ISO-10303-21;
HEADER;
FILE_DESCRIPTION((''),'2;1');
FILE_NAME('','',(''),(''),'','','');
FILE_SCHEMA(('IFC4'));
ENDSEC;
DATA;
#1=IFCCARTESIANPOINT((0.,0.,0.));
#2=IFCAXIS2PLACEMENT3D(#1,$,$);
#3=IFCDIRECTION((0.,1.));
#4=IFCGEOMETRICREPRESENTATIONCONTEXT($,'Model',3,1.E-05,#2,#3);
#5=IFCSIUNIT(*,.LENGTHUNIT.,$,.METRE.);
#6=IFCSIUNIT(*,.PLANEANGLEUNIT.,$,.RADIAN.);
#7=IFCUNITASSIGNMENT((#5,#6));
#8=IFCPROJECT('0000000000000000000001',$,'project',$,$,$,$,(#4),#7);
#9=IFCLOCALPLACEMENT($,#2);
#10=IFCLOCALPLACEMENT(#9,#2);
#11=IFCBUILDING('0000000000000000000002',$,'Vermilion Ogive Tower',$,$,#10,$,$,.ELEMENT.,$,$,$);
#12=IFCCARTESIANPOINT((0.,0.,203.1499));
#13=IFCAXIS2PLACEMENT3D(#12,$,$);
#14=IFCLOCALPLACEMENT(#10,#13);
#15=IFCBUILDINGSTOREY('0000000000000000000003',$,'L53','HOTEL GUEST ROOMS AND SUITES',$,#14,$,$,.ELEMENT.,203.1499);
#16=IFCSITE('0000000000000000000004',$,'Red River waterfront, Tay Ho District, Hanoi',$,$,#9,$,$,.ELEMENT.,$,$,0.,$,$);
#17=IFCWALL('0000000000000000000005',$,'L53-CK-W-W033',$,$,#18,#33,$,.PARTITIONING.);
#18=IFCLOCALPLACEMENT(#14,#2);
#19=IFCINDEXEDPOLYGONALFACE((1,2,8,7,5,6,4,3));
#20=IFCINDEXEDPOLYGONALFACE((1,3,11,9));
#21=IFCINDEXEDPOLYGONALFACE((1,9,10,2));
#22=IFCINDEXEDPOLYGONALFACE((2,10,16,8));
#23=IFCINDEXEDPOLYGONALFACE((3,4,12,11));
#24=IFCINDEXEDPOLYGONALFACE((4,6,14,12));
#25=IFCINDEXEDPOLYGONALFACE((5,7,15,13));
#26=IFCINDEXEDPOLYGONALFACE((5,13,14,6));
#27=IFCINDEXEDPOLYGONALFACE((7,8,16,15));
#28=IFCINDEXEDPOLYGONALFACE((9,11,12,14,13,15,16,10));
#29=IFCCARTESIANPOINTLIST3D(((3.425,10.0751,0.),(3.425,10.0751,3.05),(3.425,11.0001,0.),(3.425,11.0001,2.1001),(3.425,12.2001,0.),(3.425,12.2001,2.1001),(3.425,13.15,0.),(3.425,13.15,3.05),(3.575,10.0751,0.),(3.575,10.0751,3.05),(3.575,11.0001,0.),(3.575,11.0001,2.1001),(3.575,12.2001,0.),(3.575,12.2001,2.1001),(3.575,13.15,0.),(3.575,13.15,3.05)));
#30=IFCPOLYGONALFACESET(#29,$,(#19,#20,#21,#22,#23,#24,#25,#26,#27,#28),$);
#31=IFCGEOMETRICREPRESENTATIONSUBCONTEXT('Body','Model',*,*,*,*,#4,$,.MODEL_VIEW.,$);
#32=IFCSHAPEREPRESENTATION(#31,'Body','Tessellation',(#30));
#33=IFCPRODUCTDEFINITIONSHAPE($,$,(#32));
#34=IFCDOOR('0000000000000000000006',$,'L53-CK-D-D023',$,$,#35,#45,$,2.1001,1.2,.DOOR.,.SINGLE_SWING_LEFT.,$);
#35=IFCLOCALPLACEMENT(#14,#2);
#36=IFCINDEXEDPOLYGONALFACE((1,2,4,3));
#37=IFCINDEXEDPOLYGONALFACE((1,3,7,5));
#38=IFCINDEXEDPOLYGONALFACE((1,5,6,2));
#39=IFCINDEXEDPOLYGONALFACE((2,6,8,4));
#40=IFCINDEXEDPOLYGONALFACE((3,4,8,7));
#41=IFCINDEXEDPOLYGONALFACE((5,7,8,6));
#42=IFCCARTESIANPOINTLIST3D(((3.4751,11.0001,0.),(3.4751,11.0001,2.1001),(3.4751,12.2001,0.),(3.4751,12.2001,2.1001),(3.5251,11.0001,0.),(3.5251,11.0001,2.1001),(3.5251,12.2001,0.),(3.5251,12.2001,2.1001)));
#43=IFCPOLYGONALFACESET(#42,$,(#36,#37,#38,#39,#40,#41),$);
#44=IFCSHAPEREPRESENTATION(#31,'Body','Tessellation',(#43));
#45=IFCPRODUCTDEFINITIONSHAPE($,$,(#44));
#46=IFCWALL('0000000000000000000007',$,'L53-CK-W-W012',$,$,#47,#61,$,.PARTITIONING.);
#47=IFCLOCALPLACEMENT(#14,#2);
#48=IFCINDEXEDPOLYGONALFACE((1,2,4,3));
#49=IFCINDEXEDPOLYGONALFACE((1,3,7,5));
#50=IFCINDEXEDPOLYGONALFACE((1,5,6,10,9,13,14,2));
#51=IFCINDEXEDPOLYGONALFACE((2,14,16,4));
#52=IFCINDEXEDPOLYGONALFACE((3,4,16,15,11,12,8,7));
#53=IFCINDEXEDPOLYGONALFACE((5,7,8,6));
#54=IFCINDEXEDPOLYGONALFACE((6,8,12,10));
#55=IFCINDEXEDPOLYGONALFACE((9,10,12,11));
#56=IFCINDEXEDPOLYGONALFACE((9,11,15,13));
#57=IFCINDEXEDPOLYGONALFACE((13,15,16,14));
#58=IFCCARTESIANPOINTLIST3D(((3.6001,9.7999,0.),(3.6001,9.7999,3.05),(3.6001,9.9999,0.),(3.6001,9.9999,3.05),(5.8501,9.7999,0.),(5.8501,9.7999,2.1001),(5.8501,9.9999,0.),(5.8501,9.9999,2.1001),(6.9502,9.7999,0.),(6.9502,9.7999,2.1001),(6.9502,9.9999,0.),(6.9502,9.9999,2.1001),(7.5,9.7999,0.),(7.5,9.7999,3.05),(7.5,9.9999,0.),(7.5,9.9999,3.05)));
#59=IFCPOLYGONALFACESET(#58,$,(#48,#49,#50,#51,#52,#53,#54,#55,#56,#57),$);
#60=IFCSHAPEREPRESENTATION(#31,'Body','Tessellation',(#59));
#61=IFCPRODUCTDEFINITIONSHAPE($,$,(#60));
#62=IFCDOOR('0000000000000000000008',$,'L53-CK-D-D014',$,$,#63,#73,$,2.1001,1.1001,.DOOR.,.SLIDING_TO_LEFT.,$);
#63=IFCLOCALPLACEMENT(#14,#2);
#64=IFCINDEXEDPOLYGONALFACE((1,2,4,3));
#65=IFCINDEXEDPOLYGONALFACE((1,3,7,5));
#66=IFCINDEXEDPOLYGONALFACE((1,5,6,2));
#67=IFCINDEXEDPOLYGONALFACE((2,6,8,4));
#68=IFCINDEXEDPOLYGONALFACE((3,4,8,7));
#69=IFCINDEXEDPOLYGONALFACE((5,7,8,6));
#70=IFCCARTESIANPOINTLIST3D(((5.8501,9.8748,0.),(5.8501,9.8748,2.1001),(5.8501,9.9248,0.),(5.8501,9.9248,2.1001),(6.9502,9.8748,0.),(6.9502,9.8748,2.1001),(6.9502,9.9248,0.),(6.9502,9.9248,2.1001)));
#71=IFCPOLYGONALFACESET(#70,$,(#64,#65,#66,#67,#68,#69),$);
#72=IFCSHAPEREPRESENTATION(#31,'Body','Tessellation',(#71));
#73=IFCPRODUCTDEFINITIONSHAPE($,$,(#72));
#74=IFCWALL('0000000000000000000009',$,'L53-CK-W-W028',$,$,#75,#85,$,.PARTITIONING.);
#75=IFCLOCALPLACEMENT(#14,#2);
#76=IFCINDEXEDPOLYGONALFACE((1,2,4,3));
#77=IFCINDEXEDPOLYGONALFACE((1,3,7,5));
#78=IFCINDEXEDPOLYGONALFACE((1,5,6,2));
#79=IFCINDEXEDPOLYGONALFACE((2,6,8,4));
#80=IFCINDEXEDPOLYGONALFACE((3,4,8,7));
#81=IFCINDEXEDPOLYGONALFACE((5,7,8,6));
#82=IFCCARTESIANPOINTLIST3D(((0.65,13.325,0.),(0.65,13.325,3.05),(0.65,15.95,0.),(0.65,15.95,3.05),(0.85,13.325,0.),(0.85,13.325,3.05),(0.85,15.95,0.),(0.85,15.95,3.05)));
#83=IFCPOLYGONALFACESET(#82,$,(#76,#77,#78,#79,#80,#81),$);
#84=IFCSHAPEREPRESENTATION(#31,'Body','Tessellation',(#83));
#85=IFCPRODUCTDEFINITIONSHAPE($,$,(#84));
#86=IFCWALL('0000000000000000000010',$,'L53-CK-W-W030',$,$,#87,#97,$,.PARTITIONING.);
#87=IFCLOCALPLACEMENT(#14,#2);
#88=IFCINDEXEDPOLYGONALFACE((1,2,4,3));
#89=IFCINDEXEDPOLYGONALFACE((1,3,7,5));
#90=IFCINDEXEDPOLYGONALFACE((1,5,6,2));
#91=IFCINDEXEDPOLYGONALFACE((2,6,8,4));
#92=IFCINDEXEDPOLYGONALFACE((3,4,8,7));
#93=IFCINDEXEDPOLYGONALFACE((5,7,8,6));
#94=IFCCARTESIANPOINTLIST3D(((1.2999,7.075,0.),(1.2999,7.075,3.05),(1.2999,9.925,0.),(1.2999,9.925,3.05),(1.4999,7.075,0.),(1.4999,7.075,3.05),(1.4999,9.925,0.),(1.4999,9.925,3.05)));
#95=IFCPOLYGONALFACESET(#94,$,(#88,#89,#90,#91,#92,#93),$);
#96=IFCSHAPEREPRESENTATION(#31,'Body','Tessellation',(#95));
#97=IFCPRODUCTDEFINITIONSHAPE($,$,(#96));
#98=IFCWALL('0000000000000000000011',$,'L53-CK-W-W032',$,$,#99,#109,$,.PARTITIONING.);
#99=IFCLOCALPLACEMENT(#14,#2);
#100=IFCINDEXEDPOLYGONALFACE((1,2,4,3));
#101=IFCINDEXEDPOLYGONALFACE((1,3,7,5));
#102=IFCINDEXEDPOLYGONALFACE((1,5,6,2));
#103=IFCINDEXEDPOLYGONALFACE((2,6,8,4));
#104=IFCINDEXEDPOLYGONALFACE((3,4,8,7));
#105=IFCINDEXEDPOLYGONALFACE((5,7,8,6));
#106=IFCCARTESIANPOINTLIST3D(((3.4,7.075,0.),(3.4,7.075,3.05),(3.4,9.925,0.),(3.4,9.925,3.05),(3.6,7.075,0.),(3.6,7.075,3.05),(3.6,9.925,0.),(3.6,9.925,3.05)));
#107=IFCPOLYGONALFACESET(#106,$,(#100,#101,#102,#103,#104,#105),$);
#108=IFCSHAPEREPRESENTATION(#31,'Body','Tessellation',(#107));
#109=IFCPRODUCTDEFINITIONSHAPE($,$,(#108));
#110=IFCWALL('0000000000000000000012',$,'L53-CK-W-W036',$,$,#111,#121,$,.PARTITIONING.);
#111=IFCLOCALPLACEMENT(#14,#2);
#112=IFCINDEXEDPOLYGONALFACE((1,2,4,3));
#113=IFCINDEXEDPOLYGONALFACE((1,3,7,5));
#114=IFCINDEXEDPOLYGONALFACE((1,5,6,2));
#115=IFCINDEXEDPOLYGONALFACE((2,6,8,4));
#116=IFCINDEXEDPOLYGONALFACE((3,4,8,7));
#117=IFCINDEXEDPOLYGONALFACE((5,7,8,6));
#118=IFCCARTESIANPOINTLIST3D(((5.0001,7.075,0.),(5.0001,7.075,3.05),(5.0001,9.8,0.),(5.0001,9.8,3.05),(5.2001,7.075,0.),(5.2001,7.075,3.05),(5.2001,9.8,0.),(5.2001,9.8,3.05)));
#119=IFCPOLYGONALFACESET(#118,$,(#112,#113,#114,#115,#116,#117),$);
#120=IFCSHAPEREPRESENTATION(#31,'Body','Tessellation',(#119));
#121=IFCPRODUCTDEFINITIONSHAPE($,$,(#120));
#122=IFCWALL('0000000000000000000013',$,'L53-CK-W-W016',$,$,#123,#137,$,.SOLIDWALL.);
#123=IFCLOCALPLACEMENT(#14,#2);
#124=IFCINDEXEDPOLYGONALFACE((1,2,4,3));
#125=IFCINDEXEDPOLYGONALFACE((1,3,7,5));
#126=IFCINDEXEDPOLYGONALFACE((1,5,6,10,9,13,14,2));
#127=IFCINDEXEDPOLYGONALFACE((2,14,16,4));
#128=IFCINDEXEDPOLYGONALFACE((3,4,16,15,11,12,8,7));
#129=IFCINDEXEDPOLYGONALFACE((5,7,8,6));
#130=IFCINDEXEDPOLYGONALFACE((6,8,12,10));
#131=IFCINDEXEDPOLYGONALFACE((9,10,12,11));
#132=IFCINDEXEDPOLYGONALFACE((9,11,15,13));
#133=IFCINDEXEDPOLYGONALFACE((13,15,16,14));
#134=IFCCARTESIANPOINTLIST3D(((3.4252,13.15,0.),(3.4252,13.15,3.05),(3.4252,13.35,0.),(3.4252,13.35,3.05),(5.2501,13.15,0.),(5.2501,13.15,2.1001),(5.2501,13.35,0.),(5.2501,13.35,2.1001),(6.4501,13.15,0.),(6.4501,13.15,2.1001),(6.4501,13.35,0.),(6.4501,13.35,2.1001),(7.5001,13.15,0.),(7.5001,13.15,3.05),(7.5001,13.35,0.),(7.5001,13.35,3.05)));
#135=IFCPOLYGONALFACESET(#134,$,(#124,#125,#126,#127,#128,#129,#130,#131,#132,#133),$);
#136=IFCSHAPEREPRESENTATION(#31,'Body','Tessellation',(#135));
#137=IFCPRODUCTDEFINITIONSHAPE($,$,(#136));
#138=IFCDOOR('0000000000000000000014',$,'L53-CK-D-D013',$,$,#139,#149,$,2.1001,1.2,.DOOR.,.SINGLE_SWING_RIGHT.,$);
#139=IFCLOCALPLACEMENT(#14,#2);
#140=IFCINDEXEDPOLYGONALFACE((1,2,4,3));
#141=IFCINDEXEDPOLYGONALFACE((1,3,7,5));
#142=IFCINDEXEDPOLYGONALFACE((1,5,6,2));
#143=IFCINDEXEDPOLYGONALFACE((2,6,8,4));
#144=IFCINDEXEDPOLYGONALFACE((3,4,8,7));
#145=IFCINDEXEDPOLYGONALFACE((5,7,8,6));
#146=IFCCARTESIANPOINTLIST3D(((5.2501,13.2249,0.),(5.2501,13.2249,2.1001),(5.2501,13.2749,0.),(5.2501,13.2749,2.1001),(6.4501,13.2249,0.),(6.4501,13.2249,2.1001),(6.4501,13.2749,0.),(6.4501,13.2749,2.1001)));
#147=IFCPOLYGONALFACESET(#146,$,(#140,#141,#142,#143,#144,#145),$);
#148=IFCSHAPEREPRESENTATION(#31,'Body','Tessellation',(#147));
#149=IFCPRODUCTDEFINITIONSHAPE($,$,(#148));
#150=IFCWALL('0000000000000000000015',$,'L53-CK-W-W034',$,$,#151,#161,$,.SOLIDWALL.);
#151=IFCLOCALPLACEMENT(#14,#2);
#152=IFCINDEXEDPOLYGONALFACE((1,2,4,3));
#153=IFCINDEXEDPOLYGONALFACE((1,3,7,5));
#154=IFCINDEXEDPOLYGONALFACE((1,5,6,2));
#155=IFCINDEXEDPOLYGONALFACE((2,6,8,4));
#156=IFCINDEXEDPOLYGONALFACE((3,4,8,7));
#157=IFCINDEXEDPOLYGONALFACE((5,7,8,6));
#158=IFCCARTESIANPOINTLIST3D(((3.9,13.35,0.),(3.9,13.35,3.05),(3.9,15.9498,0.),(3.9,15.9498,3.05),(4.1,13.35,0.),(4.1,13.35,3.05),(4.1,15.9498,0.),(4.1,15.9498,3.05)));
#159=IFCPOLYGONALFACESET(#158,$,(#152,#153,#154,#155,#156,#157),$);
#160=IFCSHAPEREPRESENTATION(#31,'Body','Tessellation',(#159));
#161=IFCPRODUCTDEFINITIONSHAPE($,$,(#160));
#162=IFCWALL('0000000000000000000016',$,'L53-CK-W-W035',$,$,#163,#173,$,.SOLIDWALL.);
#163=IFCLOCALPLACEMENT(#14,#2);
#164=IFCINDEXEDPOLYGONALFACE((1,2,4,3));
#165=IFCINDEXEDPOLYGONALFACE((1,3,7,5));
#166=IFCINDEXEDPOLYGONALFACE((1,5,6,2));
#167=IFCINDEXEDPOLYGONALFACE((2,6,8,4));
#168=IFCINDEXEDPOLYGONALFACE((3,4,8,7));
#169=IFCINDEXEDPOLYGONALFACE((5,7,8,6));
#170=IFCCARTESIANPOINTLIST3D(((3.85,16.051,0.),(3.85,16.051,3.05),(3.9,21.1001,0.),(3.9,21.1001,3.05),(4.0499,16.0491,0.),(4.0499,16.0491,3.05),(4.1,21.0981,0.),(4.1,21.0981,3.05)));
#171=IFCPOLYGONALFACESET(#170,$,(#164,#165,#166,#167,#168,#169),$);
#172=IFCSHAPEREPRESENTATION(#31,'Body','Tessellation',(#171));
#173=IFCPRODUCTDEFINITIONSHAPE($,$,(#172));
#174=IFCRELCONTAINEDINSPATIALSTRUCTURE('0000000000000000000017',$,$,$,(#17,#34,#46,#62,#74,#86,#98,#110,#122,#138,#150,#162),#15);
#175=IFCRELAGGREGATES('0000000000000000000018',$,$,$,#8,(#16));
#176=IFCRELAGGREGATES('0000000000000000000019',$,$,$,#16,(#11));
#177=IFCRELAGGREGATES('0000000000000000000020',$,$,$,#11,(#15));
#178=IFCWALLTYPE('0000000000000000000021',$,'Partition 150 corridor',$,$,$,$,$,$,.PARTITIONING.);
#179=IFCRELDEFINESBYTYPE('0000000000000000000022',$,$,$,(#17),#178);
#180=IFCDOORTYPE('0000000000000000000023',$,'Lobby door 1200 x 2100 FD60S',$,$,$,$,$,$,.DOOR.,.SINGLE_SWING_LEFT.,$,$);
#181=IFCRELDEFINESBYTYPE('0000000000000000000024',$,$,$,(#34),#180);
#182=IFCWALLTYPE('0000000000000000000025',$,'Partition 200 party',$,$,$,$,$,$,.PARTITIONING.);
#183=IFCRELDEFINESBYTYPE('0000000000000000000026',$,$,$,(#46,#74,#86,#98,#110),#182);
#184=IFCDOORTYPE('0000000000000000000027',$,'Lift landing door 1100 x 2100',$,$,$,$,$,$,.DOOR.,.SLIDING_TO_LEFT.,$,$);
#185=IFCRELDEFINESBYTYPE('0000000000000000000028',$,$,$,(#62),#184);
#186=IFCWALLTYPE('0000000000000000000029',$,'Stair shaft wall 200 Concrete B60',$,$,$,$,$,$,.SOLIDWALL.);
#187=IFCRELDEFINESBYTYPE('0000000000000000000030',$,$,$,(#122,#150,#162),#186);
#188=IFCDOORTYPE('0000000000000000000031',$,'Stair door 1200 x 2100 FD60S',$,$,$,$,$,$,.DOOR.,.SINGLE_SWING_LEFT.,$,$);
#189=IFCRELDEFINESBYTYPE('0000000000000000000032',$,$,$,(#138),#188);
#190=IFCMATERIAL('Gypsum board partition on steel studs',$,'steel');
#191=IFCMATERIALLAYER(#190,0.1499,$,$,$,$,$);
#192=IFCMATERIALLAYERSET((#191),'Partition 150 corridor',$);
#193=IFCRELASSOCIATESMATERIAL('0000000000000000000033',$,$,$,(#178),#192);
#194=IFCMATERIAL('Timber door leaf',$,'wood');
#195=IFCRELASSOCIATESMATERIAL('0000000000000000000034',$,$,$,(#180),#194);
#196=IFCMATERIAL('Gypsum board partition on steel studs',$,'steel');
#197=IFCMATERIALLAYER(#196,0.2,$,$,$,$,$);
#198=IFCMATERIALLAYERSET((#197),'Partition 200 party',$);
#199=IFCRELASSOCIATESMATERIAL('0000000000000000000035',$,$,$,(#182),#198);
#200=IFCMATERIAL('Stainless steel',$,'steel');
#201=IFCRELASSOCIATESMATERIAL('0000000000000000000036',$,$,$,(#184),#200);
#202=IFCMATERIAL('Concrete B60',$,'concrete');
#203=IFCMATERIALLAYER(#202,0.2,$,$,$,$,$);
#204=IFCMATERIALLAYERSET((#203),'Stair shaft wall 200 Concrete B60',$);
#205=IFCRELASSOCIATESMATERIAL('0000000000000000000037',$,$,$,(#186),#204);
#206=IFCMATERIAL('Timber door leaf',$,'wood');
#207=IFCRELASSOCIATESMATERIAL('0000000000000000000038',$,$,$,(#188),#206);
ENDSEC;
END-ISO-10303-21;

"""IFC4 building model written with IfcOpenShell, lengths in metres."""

from ifc_helpers import new_model, si_unit, direction, frame, frame_2d, origin, place, context, subcontext, project, spatial, rectangle, extrude, material, layer, layer_set, type_object, element, fill, save


model = new_model("IFC4")

# Units and contexts
model_context = context("Model", 3, precision=1e-05, world=origin(), true_north=direction((0.0, 1.0)))
body_context = subcontext(model_context, "Body", "Model", "MODEL_VIEW")
ifc_project = project(units=[si_unit("LENGTHUNIT", "METRE"), si_unit("PLANEANGLEUNIT", "RADIAN")], contexts=[model_context])

# Site, building, storey
site_placement = place(None, origin())
site = spatial("IfcSite", under=ifc_project, at=site_placement, Name="Red River waterfront, Tay Ho District, Hanoi", CompositionType="ELEMENT", RefElevation=0.0)
building_placement = place(site_placement, origin())
building = spatial("IfcBuilding", under=site, at=building_placement, Name="Vermilion Ogive Tower", CompositionType="ELEMENT")
storey_placement = place(building_placement, frame((0.0, 0.0, 203.1499)))
storey = spatial("IfcBuildingStorey", under=building, at=storey_placement, Name="L53", Description="HOTEL GUEST ROOMS AND SUITES", CompositionType="ELEMENT", Elevation=203.1499)

# Shared definitions
ifc_material_1 = material(Name="Gypsum board partition on steel studs", Category="steel")
ifc_layer_1 = layer(ifc_material_1, 0.1499)
ifc_layer_set_1 = layer_set([ifc_layer_1], Name="Partition 150 corridor")
wall_type_1 = type_object("IfcWallType", Name="Partition 150 corridor", PredefinedType="PARTITIONING", material=ifc_layer_set_1)

# Walls, openings, doors
wall_1_placement = place(storey_placement, frame((3.5, 10.075, 0.0), z_axis=(0.0, 0.0, 1.0), x_axis=(0.0, 1.0, 0.0)))
wall_1 = element("IfcWall", 1, at=wall_1_placement, inside=storey, type_object=wall_type_1, Name="L53-CK-W-W033", PredefinedType="PARTITIONING", context=body_context, shape_type="SweptSolid", body=[
    extrude(rectangle(XDim=3.075, YDim=0.1499, at=frame_2d((1.5376, 0.0))), origin(), (0.0, 0.0, 1.0), 3.05),
])
opening_1_placement = place(wall_1_placement, frame((0.925, 0.0, 0.0)))
opening_1 = element("IfcOpeningElement", 2, at=opening_1_placement, cuts=wall_1, PredefinedType="OPENING", context=body_context, shape_type="SweptSolid", body=[
    extrude(rectangle(XDim=1.2, YDim=2.1001, at=frame_2d((0.6001, 1.05))), frame((0.0, 0.085, 0.0), z_axis=(0.0, -1.0, 0.0), x_axis=(1.0, 0.0, 0.0)), (0.0, 0.0, 1.0), 0.1699),
])
ifc_material_2 = material(Name="Timber door leaf", Category="wood")
door_type_1 = type_object("IfcDoorType", Name="Lobby door 1200 x 2100 FD60S", OperationType="SINGLE_SWING_LEFT", PredefinedType="DOOR", material=ifc_material_2)
door_1_placement = place(opening_1_placement, origin())
door_1 = element("IfcDoor", 3, at=door_1_placement, inside=storey, type_object=door_type_1, Name="L53-CK-D-D023", OperationType="SINGLE_SWING_LEFT", OverallHeight=2.1001, OverallWidth=1.2, PredefinedType="DOOR", context=body_context, shape_type="SweptSolid", body=[
    extrude(rectangle(XDim=1.2, YDim=2.1001, at=frame_2d((0.6001, 1.05))), frame((0.0, 0.0249, 0.0), z_axis=(0.0, -1.0, 0.0), x_axis=(1.0, 0.0, 0.0)), (0.0, 0.0, 1.0), 0.05),
])
fill(opening_1, door_1)
ifc_material_3 = material(Name="Gypsum board partition on steel studs", Category="steel")
ifc_layer_2 = layer(ifc_material_3, 0.2)
ifc_layer_set_2 = layer_set([ifc_layer_2], Name="Partition 200 party")
wall_type_2 = type_object("IfcWallType", Name="Partition 200 party", PredefinedType="PARTITIONING", material=ifc_layer_set_2)
wall_2_placement = place(storey_placement, frame((3.6001, 9.8999, 0.0), z_axis=(0.0, 0.0, 1.0), x_axis=(1.0, 0.0, 0.0)))
wall_2 = element("IfcWall", 4, at=wall_2_placement, inside=storey, type_object=wall_type_2, Name="L53-CK-W-W012", PredefinedType="PARTITIONING", context=body_context, shape_type="SweptSolid", body=[
    extrude(rectangle(XDim=3.8999, YDim=0.2, at=frame_2d((1.95, 0.0))), origin(), (0.0, 0.0, 1.0), 3.05),
])
opening_2_placement = place(wall_2_placement, frame((2.25, 0.0, 0.0)))
opening_2 = element("IfcOpeningElement", 5, at=opening_2_placement, cuts=wall_2, PredefinedType="OPENING", context=body_context, shape_type="SweptSolid", body=[
    extrude(rectangle(XDim=1.1001, YDim=2.1001, at=frame_2d((0.55, 1.05))), frame((0.0, 0.1099, 0.0), z_axis=(0.0, -1.0, 0.0), x_axis=(1.0, 0.0, 0.0)), (0.0, 0.0, 1.0), 0.22),
])
ifc_material_4 = material(Name="Stainless steel", Category="steel")
door_type_2 = type_object("IfcDoorType", Name="Lift landing door 1100 x 2100", OperationType="SLIDING_TO_LEFT", PredefinedType="DOOR", material=ifc_material_4)
door_2_placement = place(opening_2_placement, origin())
door_2 = element("IfcDoor", 6, at=door_2_placement, inside=storey, type_object=door_type_2, Name="L53-CK-D-D014", OperationType="SLIDING_TO_LEFT", OverallHeight=2.1001, OverallWidth=1.1001, PredefinedType="DOOR", context=body_context, shape_type="SweptSolid", body=[
    extrude(rectangle(XDim=1.1001, YDim=2.1001, at=frame_2d((0.55, 1.05))), frame((0.0, 0.0249, 0.0), z_axis=(0.0, -1.0, 0.0), x_axis=(1.0, 0.0, 0.0)), (0.0, 0.0, 1.0), 0.05),
])
fill(opening_2, door_2)

# Walls
wall_3_placement = place(storey_placement, frame((0.75, 13.325, 0.0), z_axis=(0.0, 0.0, 1.0), x_axis=(0.0, 1.0, 0.0)))
element("IfcWall", 7, at=wall_3_placement, inside=storey, type_object=wall_type_2, Name="L53-CK-W-W028", PredefinedType="PARTITIONING", context=body_context, shape_type="SweptSolid", body=[
    extrude(rectangle(XDim=2.625, YDim=0.2, at=frame_2d((1.3125, 0.0))), origin(), (0.0, 0.0, 1.0), 3.05),
])
for number, where, z_axis, x_axis, name in (
    (8, (1.3999, 7.075, 0.0), (0.0, 0.0, 1.0), (0.0, 1.0, 0.0), "L53-CK-W-W030"),
    (9, (3.5, 7.075, 0.0), (0.0, 0.0, 1.0), (0.0, 1.0, 0.0), "L53-CK-W-W032"),
):
    element("IfcWall", number, at=place(storey_placement, frame(where, z_axis=z_axis, x_axis=x_axis)), inside=storey, type_object=wall_type_2, Name=name, PredefinedType="PARTITIONING", context=body_context, shape_type="SweptSolid", body=[
        extrude(rectangle(XDim=2.8501, YDim=0.2, at=frame_2d((1.425, 0.0))), origin(), (0.0, 0.0, 1.0), 3.05),
    ])
wall_4_placement = place(storey_placement, frame((5.1001, 7.075, 0.0), z_axis=(0.0, 0.0, 1.0), x_axis=(0.0, 1.0, 0.0)))
element("IfcWall", 10, at=wall_4_placement, inside=storey, type_object=wall_type_2, Name="L53-CK-W-W036", PredefinedType="PARTITIONING", context=body_context, shape_type="SweptSolid", body=[
    extrude(rectangle(XDim=2.7251, YDim=0.2, at=frame_2d((1.3625, 0.0))), origin(), (0.0, 0.0, 1.0), 3.05),
])

# Wall, opening, door
ifc_material_5 = material(Name="Concrete B60", Category="concrete")
ifc_layer_3 = layer(ifc_material_5, 0.2)
ifc_layer_set_3 = layer_set([ifc_layer_3], Name="Stair shaft wall 200 Concrete B60")
wall_type_3 = type_object("IfcWallType", Name="Stair shaft wall 200 Concrete B60", PredefinedType="SOLIDWALL", material=ifc_layer_set_3)
wall_5_placement = place(storey_placement, frame((3.425, 13.25, 0.0), z_axis=(0.0, 0.0, 1.0), x_axis=(1.0, 0.0, 0.0)))
wall_5 = element("IfcWall", 11, at=wall_5_placement, inside=storey, type_object=wall_type_3, Name="L53-CK-W-W016", PredefinedType="SOLIDWALL", context=body_context, shape_type="SweptSolid", body=[
    extrude(rectangle(XDim=4.075, YDim=0.2, at=frame_2d((2.0376, 0.0))), origin(), (0.0, 0.0, 1.0), 3.05),
])
opening_3_placement = place(wall_5_placement, frame((1.825, 0.0, 0.0)))
opening_3 = element("IfcOpeningElement", 12, at=opening_3_placement, cuts=wall_5, PredefinedType="OPENING", context=body_context, shape_type="SweptSolid", body=[
    extrude(rectangle(XDim=1.2, YDim=2.1001, at=frame_2d((0.6001, 1.05))), frame((0.0, 0.1099, 0.0), z_axis=(0.0, -1.0, 0.0), x_axis=(1.0, 0.0, 0.0)), (0.0, 0.0, 1.0), 0.22),
])
ifc_material_6 = material(Name="Timber door leaf", Category="wood")
door_type_3 = type_object("IfcDoorType", Name="Stair door 1200 x 2100 FD60S", OperationType="SINGLE_SWING_LEFT", PredefinedType="DOOR", material=ifc_material_6)
door_3_placement = place(opening_3_placement, origin())
door_3 = element("IfcDoor", 13, at=door_3_placement, inside=storey, type_object=door_type_3, Name="L53-CK-D-D013", OperationType="SINGLE_SWING_RIGHT", OverallHeight=2.1001, OverallWidth=1.2, PredefinedType="DOOR", context=body_context, shape_type="SweptSolid", body=[
    extrude(rectangle(XDim=1.2, YDim=2.1001, at=frame_2d((0.6001, 1.05))), frame((0.0, 0.0249, 0.0), z_axis=(0.0, -1.0, 0.0), x_axis=(1.0, 0.0, 0.0)), (0.0, 0.0, 1.0), 0.05),
])
fill(opening_3, door_3)

# Walls
wall_6_placement = place(storey_placement, frame((4.0, 13.3501, 0.0), z_axis=(0.0, 0.0, 1.0), x_axis=(0.0, 1.0, 0.0)))
element("IfcWall", 14, at=wall_6_placement, inside=storey, type_object=wall_type_3, Name="L53-CK-W-W034", PredefinedType="SOLIDWALL", context=body_context, shape_type="SweptSolid", body=[
    extrude(rectangle(XDim=2.5999, YDim=0.2, at=frame_2d((1.2998, 0.0))), origin(), (0.0, 0.0, 1.0), 3.05),
])
wall_7_placement = place(storey_placement, frame((3.95, 16.05, 0.0), z_axis=(0.0, 0.0, 1.0), x_axis=(0.009912, 0.999951, 0.0)))
element("IfcWall", 15, at=wall_7_placement, inside=storey, type_object=wall_type_3, Name="L53-CK-W-W035", PredefinedType="SOLIDWALL", context=body_context, shape_type="SweptSolid", body=[
    extrude(rectangle(XDim=5.0493, YDim=0.2, at=frame_2d((2.5247, 0.0))), origin(), (0.0, 0.0, 1.0), 3.05),
])

save(model, "model.ifc")
